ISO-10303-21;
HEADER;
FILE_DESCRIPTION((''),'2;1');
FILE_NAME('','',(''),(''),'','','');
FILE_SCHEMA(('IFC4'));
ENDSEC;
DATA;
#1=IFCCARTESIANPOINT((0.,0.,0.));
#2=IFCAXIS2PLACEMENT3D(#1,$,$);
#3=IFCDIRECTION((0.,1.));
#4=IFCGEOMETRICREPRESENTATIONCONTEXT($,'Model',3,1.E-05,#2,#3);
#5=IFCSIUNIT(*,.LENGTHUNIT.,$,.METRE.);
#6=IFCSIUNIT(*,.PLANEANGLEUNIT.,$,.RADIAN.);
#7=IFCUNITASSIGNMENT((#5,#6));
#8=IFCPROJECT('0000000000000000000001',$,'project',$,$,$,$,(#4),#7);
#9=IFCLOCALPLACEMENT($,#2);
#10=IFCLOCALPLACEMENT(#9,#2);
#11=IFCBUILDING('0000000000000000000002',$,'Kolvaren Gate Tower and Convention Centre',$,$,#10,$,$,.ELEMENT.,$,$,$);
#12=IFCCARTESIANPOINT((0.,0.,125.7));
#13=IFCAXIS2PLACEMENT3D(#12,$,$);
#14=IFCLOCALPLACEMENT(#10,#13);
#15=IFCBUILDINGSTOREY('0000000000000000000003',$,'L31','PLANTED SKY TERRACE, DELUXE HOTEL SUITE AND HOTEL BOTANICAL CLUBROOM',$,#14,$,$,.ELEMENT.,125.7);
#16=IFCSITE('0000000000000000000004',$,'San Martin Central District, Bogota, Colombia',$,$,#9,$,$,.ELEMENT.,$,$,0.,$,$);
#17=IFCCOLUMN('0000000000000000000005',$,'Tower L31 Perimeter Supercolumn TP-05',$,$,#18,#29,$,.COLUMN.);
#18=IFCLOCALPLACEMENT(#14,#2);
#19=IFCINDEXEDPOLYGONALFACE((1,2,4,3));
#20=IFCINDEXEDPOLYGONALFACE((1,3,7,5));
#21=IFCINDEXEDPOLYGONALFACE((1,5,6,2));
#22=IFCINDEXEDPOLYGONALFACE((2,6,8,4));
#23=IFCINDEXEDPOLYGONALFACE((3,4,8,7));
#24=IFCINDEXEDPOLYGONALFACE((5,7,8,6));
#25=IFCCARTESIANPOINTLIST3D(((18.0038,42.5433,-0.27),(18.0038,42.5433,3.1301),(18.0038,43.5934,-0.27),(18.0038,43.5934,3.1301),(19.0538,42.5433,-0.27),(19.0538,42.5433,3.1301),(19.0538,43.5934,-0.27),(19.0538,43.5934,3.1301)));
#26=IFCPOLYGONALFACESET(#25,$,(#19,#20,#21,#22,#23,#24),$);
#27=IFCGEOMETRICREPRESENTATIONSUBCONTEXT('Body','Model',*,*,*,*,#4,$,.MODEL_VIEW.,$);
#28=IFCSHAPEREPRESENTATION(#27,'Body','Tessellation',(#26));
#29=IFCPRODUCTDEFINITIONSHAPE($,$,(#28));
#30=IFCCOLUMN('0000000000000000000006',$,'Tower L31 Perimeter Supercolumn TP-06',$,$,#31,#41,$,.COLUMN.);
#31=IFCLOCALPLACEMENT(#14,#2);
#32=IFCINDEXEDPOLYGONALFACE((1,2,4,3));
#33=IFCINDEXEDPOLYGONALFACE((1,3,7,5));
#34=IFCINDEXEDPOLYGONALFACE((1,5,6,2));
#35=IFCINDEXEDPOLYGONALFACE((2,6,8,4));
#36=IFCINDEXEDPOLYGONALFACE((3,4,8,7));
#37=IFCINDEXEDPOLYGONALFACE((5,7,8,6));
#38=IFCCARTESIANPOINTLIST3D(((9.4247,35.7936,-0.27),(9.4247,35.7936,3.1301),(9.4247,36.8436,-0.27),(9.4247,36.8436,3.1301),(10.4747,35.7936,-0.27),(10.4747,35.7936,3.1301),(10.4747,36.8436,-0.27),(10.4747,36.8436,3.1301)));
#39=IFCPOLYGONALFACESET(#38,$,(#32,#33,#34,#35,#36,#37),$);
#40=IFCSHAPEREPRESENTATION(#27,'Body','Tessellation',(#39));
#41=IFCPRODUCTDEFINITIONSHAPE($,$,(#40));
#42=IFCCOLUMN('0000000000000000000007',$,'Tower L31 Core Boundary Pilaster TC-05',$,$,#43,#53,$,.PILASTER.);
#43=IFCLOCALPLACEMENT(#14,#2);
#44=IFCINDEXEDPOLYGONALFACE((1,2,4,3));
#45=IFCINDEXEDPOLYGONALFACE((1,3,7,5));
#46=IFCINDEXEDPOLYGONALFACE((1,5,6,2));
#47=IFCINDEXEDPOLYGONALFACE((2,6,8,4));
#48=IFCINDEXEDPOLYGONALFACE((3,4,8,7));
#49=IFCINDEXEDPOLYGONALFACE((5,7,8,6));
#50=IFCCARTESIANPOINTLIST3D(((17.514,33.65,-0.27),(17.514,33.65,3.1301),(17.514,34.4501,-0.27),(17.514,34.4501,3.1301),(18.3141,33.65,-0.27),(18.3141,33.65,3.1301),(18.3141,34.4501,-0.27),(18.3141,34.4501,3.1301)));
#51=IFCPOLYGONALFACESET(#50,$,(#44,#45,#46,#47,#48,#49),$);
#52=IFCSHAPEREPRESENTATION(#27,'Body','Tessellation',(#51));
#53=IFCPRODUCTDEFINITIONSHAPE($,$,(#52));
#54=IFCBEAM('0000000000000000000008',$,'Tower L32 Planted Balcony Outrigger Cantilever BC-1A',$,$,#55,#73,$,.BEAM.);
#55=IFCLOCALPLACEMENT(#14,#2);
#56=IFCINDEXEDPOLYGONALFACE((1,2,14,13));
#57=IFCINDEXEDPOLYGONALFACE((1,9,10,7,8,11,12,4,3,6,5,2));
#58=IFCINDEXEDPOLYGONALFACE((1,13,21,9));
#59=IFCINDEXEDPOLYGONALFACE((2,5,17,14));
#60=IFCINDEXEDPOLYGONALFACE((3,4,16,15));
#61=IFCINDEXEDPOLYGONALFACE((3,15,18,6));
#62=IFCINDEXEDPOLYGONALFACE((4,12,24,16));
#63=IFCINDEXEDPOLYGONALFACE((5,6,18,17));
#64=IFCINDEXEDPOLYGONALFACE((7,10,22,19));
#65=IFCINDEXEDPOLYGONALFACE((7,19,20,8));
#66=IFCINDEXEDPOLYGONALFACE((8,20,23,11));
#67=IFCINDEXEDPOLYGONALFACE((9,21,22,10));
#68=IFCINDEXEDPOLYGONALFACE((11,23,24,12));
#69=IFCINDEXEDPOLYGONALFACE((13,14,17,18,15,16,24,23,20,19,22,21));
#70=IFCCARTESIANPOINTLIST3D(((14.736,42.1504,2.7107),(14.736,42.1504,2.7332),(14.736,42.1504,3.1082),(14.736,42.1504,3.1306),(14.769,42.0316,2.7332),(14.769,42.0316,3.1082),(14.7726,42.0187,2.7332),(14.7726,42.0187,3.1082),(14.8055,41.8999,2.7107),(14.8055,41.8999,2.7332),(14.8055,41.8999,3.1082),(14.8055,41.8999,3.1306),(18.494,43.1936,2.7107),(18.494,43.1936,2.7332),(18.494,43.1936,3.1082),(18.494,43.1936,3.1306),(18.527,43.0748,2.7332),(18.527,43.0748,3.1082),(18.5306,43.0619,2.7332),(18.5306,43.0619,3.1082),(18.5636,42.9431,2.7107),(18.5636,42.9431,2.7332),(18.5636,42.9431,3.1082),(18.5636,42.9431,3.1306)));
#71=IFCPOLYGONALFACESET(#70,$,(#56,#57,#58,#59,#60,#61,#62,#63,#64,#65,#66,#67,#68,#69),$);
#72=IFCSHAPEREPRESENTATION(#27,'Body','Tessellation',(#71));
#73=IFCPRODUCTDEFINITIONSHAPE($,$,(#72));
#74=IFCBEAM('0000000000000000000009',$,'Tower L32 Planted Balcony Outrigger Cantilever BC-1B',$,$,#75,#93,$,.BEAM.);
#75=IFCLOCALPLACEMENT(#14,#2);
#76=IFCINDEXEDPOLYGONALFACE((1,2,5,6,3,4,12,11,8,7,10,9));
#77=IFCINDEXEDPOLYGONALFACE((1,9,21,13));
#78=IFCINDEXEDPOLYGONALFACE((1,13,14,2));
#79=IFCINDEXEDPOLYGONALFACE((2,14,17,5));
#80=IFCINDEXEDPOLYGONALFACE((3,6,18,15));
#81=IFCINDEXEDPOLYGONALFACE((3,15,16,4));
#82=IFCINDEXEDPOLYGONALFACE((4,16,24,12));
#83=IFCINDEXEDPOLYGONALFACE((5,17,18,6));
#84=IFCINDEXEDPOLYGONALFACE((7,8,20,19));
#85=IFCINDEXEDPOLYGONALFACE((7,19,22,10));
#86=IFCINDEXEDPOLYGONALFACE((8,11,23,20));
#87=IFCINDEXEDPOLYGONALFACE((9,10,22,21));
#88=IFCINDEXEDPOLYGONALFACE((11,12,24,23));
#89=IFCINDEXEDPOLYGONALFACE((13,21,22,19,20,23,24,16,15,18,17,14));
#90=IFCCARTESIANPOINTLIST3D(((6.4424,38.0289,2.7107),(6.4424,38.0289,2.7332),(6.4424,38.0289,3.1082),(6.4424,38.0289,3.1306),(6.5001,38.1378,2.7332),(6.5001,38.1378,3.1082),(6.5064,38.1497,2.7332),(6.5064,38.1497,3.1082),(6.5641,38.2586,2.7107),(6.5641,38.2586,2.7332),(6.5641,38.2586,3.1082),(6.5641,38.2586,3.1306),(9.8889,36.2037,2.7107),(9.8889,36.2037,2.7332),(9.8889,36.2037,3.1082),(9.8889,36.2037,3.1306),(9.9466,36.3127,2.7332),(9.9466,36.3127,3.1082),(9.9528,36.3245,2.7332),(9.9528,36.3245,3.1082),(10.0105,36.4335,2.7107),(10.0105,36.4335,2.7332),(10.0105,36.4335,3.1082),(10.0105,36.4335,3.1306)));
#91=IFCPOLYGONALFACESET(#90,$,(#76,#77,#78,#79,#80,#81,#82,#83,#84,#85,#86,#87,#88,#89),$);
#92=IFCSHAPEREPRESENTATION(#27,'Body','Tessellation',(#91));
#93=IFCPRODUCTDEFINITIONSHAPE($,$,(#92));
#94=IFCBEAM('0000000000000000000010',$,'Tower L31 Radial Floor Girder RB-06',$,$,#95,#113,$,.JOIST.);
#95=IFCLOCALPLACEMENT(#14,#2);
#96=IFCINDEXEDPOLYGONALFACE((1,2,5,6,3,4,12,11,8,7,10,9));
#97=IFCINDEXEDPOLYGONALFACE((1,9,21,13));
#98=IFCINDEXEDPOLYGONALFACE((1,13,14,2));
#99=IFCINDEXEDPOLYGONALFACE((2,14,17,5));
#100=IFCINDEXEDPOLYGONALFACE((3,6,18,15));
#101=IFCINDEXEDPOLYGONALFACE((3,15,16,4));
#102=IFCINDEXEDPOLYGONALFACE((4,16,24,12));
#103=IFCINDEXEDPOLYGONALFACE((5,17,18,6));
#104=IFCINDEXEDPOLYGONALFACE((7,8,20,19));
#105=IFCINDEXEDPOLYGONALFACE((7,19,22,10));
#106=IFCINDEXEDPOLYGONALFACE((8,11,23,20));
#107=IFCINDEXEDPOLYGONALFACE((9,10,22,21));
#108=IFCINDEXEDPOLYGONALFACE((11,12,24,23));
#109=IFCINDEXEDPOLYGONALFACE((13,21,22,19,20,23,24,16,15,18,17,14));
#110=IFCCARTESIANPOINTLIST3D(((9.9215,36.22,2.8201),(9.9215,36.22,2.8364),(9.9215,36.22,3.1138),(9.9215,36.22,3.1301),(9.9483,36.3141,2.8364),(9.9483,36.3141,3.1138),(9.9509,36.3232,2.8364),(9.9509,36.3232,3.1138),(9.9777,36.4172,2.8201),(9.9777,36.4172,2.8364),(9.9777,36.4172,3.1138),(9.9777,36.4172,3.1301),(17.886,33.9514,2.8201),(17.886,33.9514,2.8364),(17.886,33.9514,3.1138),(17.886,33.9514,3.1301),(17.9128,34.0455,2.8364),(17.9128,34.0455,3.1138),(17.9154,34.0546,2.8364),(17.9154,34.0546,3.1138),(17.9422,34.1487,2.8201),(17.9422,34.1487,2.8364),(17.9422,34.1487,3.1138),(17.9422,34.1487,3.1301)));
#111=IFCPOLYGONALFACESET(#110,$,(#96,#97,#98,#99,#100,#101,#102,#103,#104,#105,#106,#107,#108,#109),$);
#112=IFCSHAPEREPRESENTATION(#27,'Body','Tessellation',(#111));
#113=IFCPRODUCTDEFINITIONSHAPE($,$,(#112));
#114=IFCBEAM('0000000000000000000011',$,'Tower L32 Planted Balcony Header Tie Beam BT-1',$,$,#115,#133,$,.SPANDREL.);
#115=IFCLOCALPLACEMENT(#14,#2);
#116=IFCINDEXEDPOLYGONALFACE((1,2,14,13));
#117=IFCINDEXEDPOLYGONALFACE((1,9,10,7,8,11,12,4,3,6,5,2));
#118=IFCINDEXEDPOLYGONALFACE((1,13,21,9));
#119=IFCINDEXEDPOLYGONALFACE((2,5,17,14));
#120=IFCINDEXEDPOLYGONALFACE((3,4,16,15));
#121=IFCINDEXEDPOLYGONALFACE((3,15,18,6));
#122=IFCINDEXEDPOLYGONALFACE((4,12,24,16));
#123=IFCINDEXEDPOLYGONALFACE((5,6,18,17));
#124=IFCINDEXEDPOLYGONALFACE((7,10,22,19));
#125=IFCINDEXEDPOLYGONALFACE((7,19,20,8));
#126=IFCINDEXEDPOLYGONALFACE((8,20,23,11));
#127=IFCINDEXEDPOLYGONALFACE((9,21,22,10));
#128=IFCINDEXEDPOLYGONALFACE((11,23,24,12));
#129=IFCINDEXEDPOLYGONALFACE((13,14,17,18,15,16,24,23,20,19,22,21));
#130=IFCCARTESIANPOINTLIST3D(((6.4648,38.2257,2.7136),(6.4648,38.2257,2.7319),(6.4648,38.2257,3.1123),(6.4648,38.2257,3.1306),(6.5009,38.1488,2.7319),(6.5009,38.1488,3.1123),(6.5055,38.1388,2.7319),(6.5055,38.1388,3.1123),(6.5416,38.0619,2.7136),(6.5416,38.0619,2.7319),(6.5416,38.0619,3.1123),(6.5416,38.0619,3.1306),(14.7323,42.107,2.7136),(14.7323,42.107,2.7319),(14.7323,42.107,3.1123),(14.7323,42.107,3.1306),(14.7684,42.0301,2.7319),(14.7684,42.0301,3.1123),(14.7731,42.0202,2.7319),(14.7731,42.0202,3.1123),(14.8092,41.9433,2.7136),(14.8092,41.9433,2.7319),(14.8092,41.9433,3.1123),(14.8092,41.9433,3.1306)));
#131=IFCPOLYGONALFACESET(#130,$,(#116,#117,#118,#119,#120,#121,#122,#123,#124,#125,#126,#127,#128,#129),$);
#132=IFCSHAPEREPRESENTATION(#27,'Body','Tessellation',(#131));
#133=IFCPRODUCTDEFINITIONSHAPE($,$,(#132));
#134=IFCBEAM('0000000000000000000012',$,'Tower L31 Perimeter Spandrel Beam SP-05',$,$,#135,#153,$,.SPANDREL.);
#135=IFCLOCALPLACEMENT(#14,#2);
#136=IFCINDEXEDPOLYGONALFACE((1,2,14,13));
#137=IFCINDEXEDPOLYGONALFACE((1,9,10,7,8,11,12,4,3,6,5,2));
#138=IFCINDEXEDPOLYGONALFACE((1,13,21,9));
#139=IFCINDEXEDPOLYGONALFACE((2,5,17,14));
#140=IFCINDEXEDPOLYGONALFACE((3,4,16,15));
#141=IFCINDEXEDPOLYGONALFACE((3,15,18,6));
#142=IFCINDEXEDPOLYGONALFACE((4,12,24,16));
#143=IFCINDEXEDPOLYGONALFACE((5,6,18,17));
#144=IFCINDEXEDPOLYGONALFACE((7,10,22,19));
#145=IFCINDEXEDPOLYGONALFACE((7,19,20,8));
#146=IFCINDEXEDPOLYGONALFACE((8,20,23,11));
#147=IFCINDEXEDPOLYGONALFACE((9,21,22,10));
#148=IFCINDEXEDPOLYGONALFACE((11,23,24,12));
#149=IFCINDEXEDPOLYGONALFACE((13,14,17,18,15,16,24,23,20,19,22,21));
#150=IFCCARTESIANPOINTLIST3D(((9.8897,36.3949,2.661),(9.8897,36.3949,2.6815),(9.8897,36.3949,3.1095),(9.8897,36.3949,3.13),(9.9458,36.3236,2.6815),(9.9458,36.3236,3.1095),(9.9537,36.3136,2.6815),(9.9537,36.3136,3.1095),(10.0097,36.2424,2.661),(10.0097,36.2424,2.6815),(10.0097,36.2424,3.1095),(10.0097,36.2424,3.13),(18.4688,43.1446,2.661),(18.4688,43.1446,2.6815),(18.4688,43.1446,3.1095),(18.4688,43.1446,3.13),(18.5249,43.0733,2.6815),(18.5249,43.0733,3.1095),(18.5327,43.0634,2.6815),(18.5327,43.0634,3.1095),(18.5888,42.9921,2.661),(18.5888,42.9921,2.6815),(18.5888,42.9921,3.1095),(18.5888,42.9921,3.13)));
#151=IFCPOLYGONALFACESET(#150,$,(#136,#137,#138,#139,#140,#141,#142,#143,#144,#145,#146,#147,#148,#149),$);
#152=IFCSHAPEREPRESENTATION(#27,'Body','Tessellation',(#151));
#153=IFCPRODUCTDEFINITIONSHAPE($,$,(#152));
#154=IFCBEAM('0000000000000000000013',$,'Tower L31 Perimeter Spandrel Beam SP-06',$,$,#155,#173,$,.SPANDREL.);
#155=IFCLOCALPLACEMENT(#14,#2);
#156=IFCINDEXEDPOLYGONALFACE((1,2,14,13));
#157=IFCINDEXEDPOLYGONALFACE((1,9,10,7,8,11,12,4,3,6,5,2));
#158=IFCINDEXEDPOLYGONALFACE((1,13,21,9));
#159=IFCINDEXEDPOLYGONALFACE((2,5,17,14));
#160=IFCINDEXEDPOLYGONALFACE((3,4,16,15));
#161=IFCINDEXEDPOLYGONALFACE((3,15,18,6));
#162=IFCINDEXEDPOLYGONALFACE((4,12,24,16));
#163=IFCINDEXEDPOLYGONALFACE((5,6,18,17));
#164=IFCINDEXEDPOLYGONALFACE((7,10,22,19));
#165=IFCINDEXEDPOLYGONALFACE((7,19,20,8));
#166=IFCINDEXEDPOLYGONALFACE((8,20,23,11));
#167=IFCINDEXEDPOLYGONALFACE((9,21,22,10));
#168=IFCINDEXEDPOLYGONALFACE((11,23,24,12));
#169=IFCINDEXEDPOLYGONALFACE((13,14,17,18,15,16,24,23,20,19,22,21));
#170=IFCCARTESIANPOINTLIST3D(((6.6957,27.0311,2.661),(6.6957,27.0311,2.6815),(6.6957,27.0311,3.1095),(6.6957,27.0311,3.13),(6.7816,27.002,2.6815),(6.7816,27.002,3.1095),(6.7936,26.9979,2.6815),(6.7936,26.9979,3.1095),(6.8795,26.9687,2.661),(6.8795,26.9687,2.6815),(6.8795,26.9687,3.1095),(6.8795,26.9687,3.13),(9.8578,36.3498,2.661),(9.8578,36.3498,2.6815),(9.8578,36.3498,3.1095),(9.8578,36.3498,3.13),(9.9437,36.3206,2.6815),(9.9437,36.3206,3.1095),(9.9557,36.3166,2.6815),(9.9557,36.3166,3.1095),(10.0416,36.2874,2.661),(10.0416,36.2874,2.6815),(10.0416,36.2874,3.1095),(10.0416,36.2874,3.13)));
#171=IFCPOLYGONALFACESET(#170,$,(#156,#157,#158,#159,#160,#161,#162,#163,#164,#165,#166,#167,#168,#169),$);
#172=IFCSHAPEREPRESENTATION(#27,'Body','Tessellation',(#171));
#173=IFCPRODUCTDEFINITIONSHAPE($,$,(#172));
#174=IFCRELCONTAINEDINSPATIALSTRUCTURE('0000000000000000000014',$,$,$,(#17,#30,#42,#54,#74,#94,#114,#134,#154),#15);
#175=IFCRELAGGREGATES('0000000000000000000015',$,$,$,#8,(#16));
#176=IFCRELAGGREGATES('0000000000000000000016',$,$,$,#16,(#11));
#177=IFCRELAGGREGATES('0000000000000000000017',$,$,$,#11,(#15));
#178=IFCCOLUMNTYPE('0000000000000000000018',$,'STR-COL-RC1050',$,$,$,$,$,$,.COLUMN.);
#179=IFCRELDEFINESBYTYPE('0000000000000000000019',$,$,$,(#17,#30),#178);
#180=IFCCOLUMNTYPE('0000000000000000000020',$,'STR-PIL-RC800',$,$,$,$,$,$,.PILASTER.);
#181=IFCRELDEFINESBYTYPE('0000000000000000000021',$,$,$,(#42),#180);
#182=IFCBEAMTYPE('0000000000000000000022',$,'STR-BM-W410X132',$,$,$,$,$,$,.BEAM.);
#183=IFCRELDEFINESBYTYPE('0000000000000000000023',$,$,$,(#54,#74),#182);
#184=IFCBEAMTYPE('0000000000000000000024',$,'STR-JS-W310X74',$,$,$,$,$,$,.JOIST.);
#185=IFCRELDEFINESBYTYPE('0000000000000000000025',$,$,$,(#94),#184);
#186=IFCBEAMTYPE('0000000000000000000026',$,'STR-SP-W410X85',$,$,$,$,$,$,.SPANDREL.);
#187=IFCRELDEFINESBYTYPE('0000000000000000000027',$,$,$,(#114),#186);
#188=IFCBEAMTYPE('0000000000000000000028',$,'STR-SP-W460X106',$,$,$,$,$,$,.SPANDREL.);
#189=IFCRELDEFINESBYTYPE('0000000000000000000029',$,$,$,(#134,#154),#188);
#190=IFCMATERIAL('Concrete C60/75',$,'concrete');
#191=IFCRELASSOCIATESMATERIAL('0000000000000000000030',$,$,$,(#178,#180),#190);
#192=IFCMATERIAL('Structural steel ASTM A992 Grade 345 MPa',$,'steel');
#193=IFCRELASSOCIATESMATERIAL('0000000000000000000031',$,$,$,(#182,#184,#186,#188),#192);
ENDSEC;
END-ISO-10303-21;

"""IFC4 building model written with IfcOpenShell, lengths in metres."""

from ifc_helpers import new_model, si_unit, direction, frame, origin, origin_2d, place, context, subcontext, project, spatial, rectangle, i_section, extrude, material, material_profile, profile_set, type_object, element, save


model = new_model("IFC4")

# Units and contexts
model_context = context("Model", 3, precision=1e-05, world=origin(), true_north=direction((0.0, 1.0)))
body_context = subcontext(model_context, "Body", "Model", "MODEL_VIEW")
ifc_project = project(units=[si_unit("LENGTHUNIT", "METRE"), si_unit("PLANEANGLEUNIT", "RADIAN")], contexts=[model_context])

# Site, building, storey
site_placement = place(None, origin())
site = spatial("IfcSite", under=ifc_project, at=site_placement, Name="San Martin Central District, Bogota, Colombia", CompositionType="ELEMENT", RefElevation=0.0)
building_placement = place(site_placement, origin())
building = spatial("IfcBuilding", under=site, at=building_placement, Name="Kolvaren Gate Tower and Convention Centre", CompositionType="ELEMENT")
storey_placement = place(building_placement, frame((0.0, 0.0, 125.7)))
storey = spatial("IfcBuildingStorey", under=building, at=storey_placement, Name="L31", Description="PLANTED SKY TERRACE, DELUXE HOTEL SUITE AND HOTEL BOTANICAL CLUBROOM", CompositionType="ELEMENT", Elevation=125.7)

# Columns
ifc_material_1 = material(Name="Concrete C60/75", Category="concrete")
ifc_material_profile_1 = material_profile(ifc_material_1, rectangle(XDim=1.05, YDim=1.05, at=origin_2d()), Name="RC-COL-1050X1050")
ifc_profile_set_1 = profile_set([ifc_material_profile_1], Name="Concrete C60/75")
column_type_1 = type_object("IfcColumnType", Name="STR-COL-RC1050", PredefinedType="COLUMN", material=ifc_profile_set_1)
for number, where, z_axis, x_axis, name in (
    (1, (18.5288, 43.0684, -0.27), (0.0, 0.0, 1.0), (1.0, 0.0, 0.0), "Tower L31 Perimeter Supercolumn TP-05"),
    (2, (9.9497, 36.3186, -0.27), (0.0, 0.0, 1.0), (1.0, 0.0, 0.0), "Tower L31 Perimeter Supercolumn TP-06"),
):
    element("IfcColumn", number, at=place(storey_placement, frame(where, z_axis=z_axis, x_axis=x_axis)), inside=storey, type_object=column_type_1, Name=name, PredefinedType="COLUMN", context=body_context, shape_type="SweptSolid", body=[
        extrude(rectangle(XDim=1.05, YDim=1.05, at=origin_2d()), origin(), (0.0, 0.0, 1.0), 3.4001),
    ])
ifc_material_profile_2 = material_profile(ifc_material_1, rectangle(XDim=0.8, YDim=0.8, at=origin_2d()), Name="RC-COL-800X800")
ifc_profile_set_2 = profile_set([ifc_material_profile_2], Name="Concrete C60/75")
column_type_2 = type_object("IfcColumnType", Name="STR-PIL-RC800", PredefinedType="PILASTER", material=ifc_profile_set_2)
column_placement = place(storey_placement, frame((17.9141, 34.05, -0.27), z_axis=(0.0, 0.0, 1.0), x_axis=(1.0, 0.0, 0.0)))
element("IfcColumn", 3, at=column_placement, inside=storey, type_object=column_type_2, Name="Tower L31 Core Boundary Pilaster TC-05", PredefinedType="PILASTER", context=body_context, shape_type="SweptSolid", body=[
    extrude(rectangle(XDim=0.8, YDim=0.8, at=origin_2d()), origin(), (0.0, 0.0, 1.0), 3.4001),
])

# Beams
ifc_material_2 = material(Name="Structural steel ASTM A992 Grade 345 MPa", Category="steel")
ifc_material_profile_3 = material_profile(ifc_material_2, i_section(OverallWidth=0.26, OverallDepth=0.4199, WebThickness=0.0134, FlangeThickness=0.0225, at=origin_2d()), Name="W410X132")
ifc_profile_set_3 = profile_set([ifc_material_profile_3], Name="Structural steel ASTM A992 Grade 345 MPa")
beam_type_1 = type_object("IfcBeamType", Name="STR-BM-W410X132", PredefinedType="BEAM", material=ifc_profile_set_3)
beam_1_placement = place(storey_placement, frame((18.5288, 43.0684, 2.9207), z_axis=(-0.963564, -0.267479, 0.0), x_axis=(0.267479, -0.963564, 0.0)))
element("IfcBeam", 4, at=beam_1_placement, inside=storey, type_object=beam_type_1, Name="Tower L32 Planted Balcony Outrigger Cantilever BC-1A", PredefinedType="BEAM", context=body_context, shape_type="SweptSolid", body=[
    extrude(i_section(OverallWidth=0.26, OverallDepth=0.4199, WebThickness=0.0134, FlangeThickness=0.0225, at=origin_2d()), origin(), (0.0, 0.0, 1.0), 3.9001),
])
beam_2_placement = place(storey_placement, frame((9.9497, 36.3186, 2.9207), z_axis=(-0.883729, 0.468, 0.0), x_axis=(-0.468, -0.883729, 0.0)))
element("IfcBeam", 5, at=beam_2_placement, inside=storey, type_object=beam_type_1, Name="Tower L32 Planted Balcony Outrigger Cantilever BC-1B", PredefinedType="BEAM", context=body_context, shape_type="SweptSolid", body=[
    extrude(i_section(OverallWidth=0.26, OverallDepth=0.4199, WebThickness=0.0134, FlangeThickness=0.0225, at=origin_2d()), origin(), (0.0, 0.0, 1.0), 3.8999),
])
ifc_material_profile_4 = material_profile(ifc_material_2, i_section(OverallWidth=0.2051, OverallDepth=0.3101, WebThickness=0.0095, FlangeThickness=0.0164, at=origin_2d()), Name="W310X74")
ifc_profile_set_4 = profile_set([ifc_material_profile_4], Name="Structural steel ASTM A992 Grade 345 MPa")
beam_type_2 = type_object("IfcBeamType", Name="STR-JS-W310X74", PredefinedType="JOIST", material=ifc_profile_set_4)
beam_3_placement = place(storey_placement, frame((17.9141, 34.05, 2.9751), z_axis=(-0.961746, 0.273942, 0.0), x_axis=(-0.273942, -0.961746, 0.0)))
element("IfcBeam", 6, at=beam_3_placement, inside=storey, type_object=beam_type_2, Name="Tower L31 Radial Floor Girder RB-06", PredefinedType="JOIST", context=body_context, shape_type="SweptSolid", body=[
    extrude(i_section(OverallWidth=0.2051, OverallDepth=0.3101, WebThickness=0.0095, FlangeThickness=0.0164, at=origin_2d()), origin(), (0.0, 0.0, 1.0), 8.2812),
])
ifc_material_profile_5 = material_profile(ifc_material_2, i_section(OverallWidth=0.1809, OverallDepth=0.417, WebThickness=0.011, FlangeThickness=0.0183, at=origin_2d()), Name="W410X85")
ifc_profile_set_5 = profile_set([ifc_material_profile_5], Name="Structural steel ASTM A992 Grade 345 MPa")
beam_type_3 = type_object("IfcBeamType", Name="STR-SP-W410X85", PredefinedType="SPANDREL", material=ifc_profile_set_5)
beam_4_placement = place(storey_placement, frame((14.7708, 42.0251, 2.9221), z_axis=(-0.90521, -0.424965, 0.0), x_axis=(0.424965, -0.90521, 0.0)))
element("IfcBeam", 7, at=beam_4_placement, inside=storey, type_object=beam_type_3, Name="Tower L32 Planted Balcony Header Tie Beam BT-1", PredefinedType="SPANDREL", context=body_context, shape_type="SweptSolid", body=[
    extrude(i_section(OverallWidth=0.1809, OverallDepth=0.417, WebThickness=0.011, FlangeThickness=0.0183, at=origin_2d()), origin(), (0.0, 0.0, 1.0), 9.1333),
])
ifc_material_profile_6 = material_profile(ifc_material_2, i_section(OverallWidth=0.1941, OverallDepth=0.469, WebThickness=0.0127, FlangeThickness=0.0205, at=origin_2d()), Name="W460X106")
ifc_profile_set_6 = profile_set([ifc_material_profile_6], Name="Structural steel ASTM A992 Grade 345 MPa")
beam_type_4 = type_object("IfcBeamType", Name="STR-SP-W460X106", PredefinedType="SPANDREL", material=ifc_profile_set_6)
beam_5_placement = place(storey_placement, frame((18.5288, 43.0684, 2.8955), z_axis=(-0.785916, -0.618333, 0.0), x_axis=(0.618333, -0.785916, 0.0)))
element("IfcBeam", 8, at=beam_5_placement, inside=storey, type_object=beam_type_4, Name="Tower L31 Perimeter Spandrel Beam SP-05", PredefinedType="SPANDREL", context=body_context, shape_type="SweptSolid", body=[
    extrude(i_section(OverallWidth=0.1941, OverallDepth=0.469, WebThickness=0.0127, FlangeThickness=0.0205, at=origin_2d()), origin(), (0.0, 0.0, 1.0), 10.916),
])
beam_6_placement = place(storey_placement, frame((9.9497, 36.3186, 2.8955), z_axis=(-0.321336, -0.946965, 0.0), x_axis=(0.946965, -0.321336, 0.0)))
element("IfcBeam", 9, at=beam_6_placement, inside=storey, type_object=beam_type_4, Name="Tower L31 Perimeter Spandrel Beam SP-06", PredefinedType="SPANDREL", context=body_context, shape_type="SweptSolid", body=[
    extrude(i_section(OverallWidth=0.1941, OverallDepth=0.469, WebThickness=0.0127, FlangeThickness=0.0205, at=origin_2d()), origin(), (0.0, 0.0, 1.0), 9.8406),
])

save(model, "model.ifc")
